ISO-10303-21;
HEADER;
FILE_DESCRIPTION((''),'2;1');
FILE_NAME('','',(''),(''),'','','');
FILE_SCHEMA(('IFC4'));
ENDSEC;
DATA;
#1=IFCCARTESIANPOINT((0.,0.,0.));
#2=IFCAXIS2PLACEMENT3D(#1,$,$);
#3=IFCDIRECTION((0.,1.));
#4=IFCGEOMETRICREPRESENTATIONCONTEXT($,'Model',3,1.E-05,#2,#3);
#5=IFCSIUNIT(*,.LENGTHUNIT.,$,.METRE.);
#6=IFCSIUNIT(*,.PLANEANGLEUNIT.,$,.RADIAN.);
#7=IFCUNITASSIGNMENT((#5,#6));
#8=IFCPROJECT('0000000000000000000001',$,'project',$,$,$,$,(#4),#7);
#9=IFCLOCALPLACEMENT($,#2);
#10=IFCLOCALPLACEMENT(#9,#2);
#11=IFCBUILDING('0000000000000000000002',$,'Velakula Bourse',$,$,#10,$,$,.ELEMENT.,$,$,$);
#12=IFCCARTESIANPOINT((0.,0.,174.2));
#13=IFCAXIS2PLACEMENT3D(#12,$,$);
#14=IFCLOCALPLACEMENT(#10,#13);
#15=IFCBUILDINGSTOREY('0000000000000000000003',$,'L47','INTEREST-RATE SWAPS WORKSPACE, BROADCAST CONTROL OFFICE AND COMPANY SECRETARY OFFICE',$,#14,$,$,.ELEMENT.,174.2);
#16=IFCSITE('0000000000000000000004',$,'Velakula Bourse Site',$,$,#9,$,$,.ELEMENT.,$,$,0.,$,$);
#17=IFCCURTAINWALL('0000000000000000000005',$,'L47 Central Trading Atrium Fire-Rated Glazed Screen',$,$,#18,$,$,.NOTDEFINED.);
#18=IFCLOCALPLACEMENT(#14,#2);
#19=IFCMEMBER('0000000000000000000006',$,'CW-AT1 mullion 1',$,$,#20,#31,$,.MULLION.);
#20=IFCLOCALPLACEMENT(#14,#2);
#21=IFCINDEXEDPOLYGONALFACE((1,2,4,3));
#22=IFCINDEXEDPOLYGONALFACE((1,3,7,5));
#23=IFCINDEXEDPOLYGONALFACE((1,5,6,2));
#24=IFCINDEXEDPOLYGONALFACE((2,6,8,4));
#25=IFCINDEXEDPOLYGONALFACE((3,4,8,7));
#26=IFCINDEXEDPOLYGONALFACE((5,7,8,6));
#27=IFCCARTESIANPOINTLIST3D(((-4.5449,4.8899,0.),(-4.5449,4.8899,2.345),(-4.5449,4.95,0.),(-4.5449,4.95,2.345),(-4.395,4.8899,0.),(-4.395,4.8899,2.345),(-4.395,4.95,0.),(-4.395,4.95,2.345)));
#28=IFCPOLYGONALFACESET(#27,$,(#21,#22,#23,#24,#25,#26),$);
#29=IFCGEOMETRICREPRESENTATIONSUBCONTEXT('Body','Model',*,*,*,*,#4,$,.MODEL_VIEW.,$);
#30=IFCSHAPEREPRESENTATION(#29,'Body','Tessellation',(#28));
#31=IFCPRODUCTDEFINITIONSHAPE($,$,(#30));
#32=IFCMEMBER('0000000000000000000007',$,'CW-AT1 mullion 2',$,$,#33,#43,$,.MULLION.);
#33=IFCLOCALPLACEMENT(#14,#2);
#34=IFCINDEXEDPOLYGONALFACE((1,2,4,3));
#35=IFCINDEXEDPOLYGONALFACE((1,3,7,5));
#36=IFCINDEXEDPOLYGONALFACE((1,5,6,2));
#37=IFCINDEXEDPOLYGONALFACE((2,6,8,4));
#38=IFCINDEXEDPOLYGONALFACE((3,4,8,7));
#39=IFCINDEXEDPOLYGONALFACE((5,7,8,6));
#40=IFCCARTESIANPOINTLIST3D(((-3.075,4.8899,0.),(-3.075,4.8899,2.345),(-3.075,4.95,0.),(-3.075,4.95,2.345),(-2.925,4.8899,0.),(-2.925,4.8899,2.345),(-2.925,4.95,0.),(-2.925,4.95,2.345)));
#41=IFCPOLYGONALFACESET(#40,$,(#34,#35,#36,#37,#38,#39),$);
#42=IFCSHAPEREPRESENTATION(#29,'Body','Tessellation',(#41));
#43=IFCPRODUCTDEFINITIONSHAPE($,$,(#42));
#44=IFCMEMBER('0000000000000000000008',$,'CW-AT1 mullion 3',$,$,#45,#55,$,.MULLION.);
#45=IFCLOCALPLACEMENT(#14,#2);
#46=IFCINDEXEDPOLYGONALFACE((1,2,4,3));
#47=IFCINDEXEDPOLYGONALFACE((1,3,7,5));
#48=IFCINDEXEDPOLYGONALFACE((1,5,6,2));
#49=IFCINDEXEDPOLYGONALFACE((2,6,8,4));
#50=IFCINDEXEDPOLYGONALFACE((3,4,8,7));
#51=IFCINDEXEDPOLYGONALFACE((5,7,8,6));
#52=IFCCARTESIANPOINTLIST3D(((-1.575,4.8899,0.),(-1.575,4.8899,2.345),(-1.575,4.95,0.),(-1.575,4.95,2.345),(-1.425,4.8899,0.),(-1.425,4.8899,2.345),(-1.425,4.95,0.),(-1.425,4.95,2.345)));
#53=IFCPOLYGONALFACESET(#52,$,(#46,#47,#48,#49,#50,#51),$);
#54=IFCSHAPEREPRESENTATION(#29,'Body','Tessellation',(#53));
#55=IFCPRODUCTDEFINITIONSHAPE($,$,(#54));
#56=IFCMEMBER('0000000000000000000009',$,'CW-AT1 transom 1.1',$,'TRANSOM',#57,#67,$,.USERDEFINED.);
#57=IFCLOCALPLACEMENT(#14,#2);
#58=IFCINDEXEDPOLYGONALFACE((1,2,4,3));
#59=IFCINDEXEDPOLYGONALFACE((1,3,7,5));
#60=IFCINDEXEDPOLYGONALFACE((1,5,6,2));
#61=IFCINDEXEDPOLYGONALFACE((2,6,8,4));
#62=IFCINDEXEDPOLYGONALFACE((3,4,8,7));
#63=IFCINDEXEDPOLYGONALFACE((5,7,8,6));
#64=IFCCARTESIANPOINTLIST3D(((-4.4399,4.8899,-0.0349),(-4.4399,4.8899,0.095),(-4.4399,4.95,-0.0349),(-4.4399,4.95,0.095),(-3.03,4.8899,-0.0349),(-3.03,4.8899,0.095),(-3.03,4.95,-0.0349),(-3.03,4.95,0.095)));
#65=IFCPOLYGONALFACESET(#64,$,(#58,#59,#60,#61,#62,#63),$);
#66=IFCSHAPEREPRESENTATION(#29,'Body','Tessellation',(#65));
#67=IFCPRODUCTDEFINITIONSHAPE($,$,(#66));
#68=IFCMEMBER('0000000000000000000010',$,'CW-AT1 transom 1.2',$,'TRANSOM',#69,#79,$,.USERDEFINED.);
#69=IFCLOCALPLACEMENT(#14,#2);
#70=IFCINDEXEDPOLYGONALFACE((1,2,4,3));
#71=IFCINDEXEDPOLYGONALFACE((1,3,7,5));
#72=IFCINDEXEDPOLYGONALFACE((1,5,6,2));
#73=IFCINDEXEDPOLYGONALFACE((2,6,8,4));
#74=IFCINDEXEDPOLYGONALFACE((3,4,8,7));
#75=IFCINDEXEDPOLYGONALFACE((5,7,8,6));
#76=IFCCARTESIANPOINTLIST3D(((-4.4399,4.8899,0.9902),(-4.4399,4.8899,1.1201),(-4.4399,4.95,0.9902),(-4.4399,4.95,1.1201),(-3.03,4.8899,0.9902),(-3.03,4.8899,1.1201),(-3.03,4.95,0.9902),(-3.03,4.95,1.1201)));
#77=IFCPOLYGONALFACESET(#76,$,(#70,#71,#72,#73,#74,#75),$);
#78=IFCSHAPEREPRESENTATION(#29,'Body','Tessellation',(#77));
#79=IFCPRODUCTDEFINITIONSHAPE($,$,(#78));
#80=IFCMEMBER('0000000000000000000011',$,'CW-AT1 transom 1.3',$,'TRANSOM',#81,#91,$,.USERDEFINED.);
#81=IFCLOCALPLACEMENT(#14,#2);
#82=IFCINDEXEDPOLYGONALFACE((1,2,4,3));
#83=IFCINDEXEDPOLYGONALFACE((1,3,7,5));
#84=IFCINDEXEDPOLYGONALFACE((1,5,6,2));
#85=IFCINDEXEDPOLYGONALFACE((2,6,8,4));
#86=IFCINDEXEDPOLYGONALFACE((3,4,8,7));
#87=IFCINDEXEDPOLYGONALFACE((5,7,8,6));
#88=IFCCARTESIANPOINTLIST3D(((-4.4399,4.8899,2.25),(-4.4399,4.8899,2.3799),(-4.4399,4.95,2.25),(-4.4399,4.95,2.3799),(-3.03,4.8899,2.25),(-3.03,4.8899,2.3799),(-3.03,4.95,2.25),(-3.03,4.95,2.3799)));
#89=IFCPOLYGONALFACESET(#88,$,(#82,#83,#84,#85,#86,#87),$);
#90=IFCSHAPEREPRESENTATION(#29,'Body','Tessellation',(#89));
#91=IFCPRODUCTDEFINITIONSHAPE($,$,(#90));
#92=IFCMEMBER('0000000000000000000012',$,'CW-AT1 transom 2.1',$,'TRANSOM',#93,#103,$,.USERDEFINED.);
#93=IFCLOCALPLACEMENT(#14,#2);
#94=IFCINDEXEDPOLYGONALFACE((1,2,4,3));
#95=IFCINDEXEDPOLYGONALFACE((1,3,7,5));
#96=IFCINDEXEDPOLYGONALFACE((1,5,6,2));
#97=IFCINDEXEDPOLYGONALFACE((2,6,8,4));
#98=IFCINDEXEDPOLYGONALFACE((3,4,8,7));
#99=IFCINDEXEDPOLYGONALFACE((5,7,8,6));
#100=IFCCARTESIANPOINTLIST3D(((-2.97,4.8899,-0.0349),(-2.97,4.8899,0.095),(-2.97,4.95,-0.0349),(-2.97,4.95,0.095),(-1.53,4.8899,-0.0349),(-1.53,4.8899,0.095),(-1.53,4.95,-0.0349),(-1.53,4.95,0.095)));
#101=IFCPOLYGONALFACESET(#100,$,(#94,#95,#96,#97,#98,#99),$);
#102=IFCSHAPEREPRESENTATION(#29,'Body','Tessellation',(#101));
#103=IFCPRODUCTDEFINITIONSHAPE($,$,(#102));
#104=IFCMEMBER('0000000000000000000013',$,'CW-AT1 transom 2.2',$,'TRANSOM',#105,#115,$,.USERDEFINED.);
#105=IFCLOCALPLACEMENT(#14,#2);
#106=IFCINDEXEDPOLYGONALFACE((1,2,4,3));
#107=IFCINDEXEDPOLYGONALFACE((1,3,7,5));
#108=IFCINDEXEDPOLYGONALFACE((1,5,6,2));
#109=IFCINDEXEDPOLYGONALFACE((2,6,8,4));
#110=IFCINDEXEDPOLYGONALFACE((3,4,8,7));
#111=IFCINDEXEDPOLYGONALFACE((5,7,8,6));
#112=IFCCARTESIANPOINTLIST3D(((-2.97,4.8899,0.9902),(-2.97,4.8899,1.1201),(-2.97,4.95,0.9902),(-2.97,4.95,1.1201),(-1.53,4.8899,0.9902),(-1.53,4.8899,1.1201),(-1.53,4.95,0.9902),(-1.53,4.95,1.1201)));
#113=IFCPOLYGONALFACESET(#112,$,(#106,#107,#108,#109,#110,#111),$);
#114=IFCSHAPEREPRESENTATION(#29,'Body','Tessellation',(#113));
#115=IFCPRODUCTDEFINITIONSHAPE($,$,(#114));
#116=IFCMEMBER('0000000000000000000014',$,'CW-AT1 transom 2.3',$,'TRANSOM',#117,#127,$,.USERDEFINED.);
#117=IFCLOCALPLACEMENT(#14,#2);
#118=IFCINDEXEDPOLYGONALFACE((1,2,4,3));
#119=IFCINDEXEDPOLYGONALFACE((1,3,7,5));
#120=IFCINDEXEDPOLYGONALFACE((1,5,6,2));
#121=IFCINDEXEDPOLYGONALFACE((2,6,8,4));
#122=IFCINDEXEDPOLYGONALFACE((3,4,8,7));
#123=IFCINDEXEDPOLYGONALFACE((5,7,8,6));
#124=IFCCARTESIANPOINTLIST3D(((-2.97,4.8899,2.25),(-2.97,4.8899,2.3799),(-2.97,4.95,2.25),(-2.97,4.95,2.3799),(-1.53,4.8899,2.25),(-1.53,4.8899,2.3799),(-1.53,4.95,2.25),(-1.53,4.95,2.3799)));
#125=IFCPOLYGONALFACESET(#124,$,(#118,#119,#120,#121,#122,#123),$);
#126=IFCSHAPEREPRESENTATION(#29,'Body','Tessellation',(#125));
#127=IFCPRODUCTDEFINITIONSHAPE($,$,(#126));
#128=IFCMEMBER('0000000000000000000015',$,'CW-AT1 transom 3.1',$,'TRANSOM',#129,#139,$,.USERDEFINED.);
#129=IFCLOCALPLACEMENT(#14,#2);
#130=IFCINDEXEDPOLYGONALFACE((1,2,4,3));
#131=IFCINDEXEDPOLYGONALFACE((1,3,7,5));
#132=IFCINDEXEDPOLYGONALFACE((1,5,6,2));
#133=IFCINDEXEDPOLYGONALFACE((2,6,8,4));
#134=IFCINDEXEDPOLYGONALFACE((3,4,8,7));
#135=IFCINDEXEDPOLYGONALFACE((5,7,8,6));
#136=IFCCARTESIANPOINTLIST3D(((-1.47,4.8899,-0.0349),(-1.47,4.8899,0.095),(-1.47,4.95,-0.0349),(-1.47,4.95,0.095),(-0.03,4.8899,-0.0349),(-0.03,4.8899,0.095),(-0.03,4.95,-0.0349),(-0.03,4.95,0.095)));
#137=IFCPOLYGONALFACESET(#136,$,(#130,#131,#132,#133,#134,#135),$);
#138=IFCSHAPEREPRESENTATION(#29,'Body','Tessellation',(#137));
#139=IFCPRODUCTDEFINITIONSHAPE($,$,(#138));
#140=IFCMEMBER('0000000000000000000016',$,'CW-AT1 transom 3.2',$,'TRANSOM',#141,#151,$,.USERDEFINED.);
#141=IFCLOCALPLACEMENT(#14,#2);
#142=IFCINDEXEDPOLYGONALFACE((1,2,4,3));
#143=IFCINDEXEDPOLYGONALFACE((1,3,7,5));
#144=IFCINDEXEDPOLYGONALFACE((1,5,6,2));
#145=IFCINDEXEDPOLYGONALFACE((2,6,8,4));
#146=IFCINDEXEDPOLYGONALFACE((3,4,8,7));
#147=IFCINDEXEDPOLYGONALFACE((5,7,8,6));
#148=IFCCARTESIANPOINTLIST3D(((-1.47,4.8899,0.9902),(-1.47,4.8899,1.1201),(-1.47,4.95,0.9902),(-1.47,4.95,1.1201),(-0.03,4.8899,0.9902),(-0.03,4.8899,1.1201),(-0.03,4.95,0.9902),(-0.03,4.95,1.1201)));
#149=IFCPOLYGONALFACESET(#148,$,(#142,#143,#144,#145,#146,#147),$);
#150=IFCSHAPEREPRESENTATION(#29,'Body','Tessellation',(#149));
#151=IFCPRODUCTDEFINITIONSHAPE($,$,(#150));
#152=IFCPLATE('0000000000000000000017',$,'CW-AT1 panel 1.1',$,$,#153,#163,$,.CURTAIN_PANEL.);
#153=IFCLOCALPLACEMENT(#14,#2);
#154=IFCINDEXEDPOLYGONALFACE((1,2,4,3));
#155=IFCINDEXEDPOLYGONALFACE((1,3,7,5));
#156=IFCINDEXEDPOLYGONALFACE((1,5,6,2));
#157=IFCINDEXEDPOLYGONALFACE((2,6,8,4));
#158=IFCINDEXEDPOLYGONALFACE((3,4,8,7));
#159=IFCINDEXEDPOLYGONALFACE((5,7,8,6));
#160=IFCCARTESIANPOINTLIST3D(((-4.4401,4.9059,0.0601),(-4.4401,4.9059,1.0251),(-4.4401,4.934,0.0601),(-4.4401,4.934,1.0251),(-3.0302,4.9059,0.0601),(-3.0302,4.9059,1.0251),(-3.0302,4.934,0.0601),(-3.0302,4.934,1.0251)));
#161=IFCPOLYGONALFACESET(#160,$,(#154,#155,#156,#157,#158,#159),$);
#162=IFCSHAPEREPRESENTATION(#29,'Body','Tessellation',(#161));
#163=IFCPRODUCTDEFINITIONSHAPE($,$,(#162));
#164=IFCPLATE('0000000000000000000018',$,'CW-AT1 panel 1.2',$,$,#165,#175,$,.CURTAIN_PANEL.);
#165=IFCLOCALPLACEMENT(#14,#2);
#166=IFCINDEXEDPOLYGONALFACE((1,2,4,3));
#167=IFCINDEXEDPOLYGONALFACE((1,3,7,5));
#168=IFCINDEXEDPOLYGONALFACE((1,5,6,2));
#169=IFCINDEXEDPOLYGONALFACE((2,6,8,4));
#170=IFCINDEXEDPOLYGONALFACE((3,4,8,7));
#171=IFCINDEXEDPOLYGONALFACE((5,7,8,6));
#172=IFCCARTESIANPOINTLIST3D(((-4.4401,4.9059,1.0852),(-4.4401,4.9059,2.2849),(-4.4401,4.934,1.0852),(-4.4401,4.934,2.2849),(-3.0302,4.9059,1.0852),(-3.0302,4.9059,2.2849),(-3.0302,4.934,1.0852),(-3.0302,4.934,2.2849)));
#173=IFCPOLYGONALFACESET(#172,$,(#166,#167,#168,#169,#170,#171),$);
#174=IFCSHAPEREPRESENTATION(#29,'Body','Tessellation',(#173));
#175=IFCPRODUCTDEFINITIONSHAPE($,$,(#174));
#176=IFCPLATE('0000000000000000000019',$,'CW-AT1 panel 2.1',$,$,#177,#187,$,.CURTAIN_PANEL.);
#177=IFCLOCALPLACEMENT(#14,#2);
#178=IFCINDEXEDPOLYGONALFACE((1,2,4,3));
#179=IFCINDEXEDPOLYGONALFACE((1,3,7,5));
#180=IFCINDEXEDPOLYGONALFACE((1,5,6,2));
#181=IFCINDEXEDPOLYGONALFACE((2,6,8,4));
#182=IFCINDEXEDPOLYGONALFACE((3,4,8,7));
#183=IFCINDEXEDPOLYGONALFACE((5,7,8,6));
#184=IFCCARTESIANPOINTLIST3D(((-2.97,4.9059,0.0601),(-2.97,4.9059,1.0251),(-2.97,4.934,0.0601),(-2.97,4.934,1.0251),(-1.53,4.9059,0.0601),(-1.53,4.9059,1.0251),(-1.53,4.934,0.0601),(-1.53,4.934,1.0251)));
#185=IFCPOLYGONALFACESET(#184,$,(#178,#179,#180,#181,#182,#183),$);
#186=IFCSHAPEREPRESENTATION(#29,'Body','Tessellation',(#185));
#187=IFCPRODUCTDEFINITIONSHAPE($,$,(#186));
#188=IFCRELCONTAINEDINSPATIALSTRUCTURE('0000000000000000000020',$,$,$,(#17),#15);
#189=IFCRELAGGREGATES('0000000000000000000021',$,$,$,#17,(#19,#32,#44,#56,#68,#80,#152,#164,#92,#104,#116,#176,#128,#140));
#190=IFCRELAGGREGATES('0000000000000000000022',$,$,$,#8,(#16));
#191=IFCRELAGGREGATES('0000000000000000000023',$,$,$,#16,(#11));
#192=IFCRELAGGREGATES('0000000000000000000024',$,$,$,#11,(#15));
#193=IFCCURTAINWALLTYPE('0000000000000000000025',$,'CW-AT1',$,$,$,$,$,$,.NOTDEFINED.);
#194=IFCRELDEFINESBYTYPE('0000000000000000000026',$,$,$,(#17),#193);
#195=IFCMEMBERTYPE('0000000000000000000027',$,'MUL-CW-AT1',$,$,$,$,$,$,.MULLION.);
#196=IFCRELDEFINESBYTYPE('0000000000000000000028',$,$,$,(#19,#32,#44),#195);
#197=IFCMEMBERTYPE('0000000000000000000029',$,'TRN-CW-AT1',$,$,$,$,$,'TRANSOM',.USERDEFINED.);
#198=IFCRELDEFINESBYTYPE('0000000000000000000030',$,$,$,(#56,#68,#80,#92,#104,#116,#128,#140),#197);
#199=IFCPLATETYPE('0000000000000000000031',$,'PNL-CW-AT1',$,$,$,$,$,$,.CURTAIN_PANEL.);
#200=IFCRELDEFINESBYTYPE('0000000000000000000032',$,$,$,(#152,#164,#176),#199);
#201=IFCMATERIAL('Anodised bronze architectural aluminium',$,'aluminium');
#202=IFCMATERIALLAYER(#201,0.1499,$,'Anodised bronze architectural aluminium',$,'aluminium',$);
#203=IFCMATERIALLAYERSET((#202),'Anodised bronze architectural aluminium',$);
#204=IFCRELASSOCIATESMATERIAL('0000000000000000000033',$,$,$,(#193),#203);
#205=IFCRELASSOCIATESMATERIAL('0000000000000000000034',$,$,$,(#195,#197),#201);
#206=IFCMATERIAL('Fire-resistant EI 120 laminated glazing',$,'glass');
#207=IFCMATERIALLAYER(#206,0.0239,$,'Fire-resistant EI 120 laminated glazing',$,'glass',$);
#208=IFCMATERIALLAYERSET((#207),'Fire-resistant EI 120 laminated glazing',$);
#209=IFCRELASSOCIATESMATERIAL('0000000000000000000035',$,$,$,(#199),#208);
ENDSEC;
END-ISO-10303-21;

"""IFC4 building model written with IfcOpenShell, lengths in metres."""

from ifc_helpers import new_model, si_unit, direction, frame, origin, origin_2d, place, context, subcontext, project, spatial, rectangle, extrude, material, layer, layer_set, material_profile, profile_set, type_object, element, aggregate, save


model = new_model("IFC4")

# Units and contexts
model_context = context("Model", 3, precision=1e-05, world=origin(), true_north=direction((0.0, 1.0)))
body_context = subcontext(model_context, "Body", "Model", "MODEL_VIEW")
ifc_project = project(units=[si_unit("LENGTHUNIT", "METRE"), si_unit("PLANEANGLEUNIT", "RADIAN")], contexts=[model_context])

# Site, building, storey
site_placement = place(None, origin())
site = spatial("IfcSite", under=ifc_project, at=site_placement, Name="Velakula Bourse Site", CompositionType="ELEMENT", RefElevation=0.0)
building_placement = place(site_placement, origin())
building = spatial("IfcBuilding", under=site, at=building_placement, Name="Velakula Bourse", CompositionType="ELEMENT")
storey_placement = place(building_placement, frame((0.0, 0.0, 174.2)))
storey = spatial("IfcBuildingStorey", under=building, at=storey_placement, Name="L47", Description="INTEREST-RATE SWAPS WORKSPACE, BROADCAST CONTROL OFFICE AND COMPANY SECRETARY OFFICE", CompositionType="ELEMENT", Elevation=174.2)

# Curtain wall, members, plates
ifc_material_1 = material(Name="Anodised bronze architectural aluminium", Category="aluminium")
ifc_layer_1 = layer(ifc_material_1, 0.1499, Name="Anodised bronze architectural aluminium", Category="aluminium")
ifc_layer_set_1 = layer_set([ifc_layer_1], Name="Anodised bronze architectural aluminium")
curtain_wall_type = type_object("IfcCurtainWallType", Name="CW-AT1", PredefinedType="NOTDEFINED", material=ifc_layer_set_1)
curtain_wall_placement = place(storey_placement, origin())
curtain_wall = element("IfcCurtainWall", 1, at=curtain_wall_placement, inside=storey, type_object=curtain_wall_type, Name="L47 Central Trading Atrium Fire-Rated Glazed Screen", PredefinedType="NOTDEFINED")
ifc_material_profile_1 = material_profile(ifc_material_1, rectangle(XDim=0.0601, YDim=0.1499, at=origin_2d()), Name="Anodised bronze architectural aluminium")
ifc_profile_set_1 = profile_set([ifc_material_profile_1], Name="Anodised bronze architectural aluminium")
member_type_1 = type_object("IfcMemberType", Name="MUL-CW-AT1", PredefinedType="MULLION", material=ifc_profile_set_1)
member_1_placement = place(storey_placement, frame((-4.47, 4.9199, 0.0), z_axis=(0.0, 0.0, 1.0), x_axis=(0.0, 1.0, 0.0)))
member_1 = element("IfcMember", 2, at=member_1_placement, type_object=member_type_1, Name="CW-AT1 mullion 1", PredefinedType="MULLION", context=body_context, shape_type="SweptSolid", body=[
    extrude(rectangle(XDim=0.0601, YDim=0.1499, at=origin_2d()), origin(), (0.0, 0.0, 1.0), 2.345),
])
member_2_placement = place(storey_placement, frame((-3.0, 4.9199, 0.0), z_axis=(0.0, 0.0, 1.0), x_axis=(0.0, 1.0, 0.0)))
member_2 = element("IfcMember", 3, at=member_2_placement, type_object=member_type_1, Name="CW-AT1 mullion 2", PredefinedType="MULLION", context=body_context, shape_type="SweptSolid", body=[
    extrude(rectangle(XDim=0.0601, YDim=0.1499, at=origin_2d()), origin(), (0.0, 0.0, 1.0), 2.345),
])
member_3_placement = place(storey_placement, frame((-1.5, 4.9199, 0.0), z_axis=(0.0, 0.0, 1.0), x_axis=(0.0, 1.0, 0.0)))
member_3 = element("IfcMember", 4, at=member_3_placement, type_object=member_type_1, Name="CW-AT1 mullion 3", PredefinedType="MULLION", context=body_context, shape_type="SweptSolid", body=[
    extrude(rectangle(XDim=0.0601, YDim=0.1499, at=origin_2d()), origin(), (0.0, 0.0, 1.0), 2.345),
])
ifc_material_profile_2 = material_profile(ifc_material_1, rectangle(XDim=0.0601, YDim=0.1299, at=origin_2d()), Name="Anodised bronze architectural aluminium")
ifc_profile_set_2 = profile_set([ifc_material_profile_2], Name="Anodised bronze architectural aluminium")
member_type_2 = type_object("IfcMemberType", Name="TRN-CW-AT1", ElementType="TRANSOM", PredefinedType="USERDEFINED", material=ifc_profile_set_2)
member_4_placement = place(storey_placement, frame((-4.4399, 4.9199, 0.03), z_axis=(1.0, 0.0, 0.0), x_axis=(0.0, 1.0, 0.0)))
member_4 = element("IfcMember", 5, at=member_4_placement, type_object=member_type_2, Name="CW-AT1 transom 1.1", ObjectType="TRANSOM", PredefinedType="USERDEFINED", context=body_context, shape_type="SweptSolid", body=[
    extrude(rectangle(XDim=0.0601, YDim=0.1299, at=origin_2d()), origin(), (0.0, 0.0, 1.0), 1.4099),
])
member_5_placement = place(storey_placement, frame((-4.4399, 4.9199, 1.0552), z_axis=(1.0, 0.0, 0.0), x_axis=(0.0, 1.0, 0.0)))
member_5 = element("IfcMember", 6, at=member_5_placement, type_object=member_type_2, Name="CW-AT1 transom 1.2", ObjectType="TRANSOM", PredefinedType="USERDEFINED", context=body_context, shape_type="SweptSolid", body=[
    extrude(rectangle(XDim=0.0601, YDim=0.1299, at=origin_2d()), origin(), (0.0, 0.0, 1.0), 1.4099),
])
member_6_placement = place(storey_placement, frame((-4.4399, 4.9199, 2.3149), z_axis=(1.0, 0.0, 0.0), x_axis=(0.0, 1.0, 0.0)))
member_6 = element("IfcMember", 7, at=member_6_placement, type_object=member_type_2, Name="CW-AT1 transom 1.3", ObjectType="TRANSOM", PredefinedType="USERDEFINED", context=body_context, shape_type="SweptSolid", body=[
    extrude(rectangle(XDim=0.0601, YDim=0.1299, at=origin_2d()), origin(), (0.0, 0.0, 1.0), 1.4099),
])
member_7_placement = place(storey_placement, frame((-2.97, 4.9199, 0.03), z_axis=(1.0, 0.0, 0.0), x_axis=(0.0, 1.0, 0.0)))
member_7 = element("IfcMember", 8, at=member_7_placement, type_object=member_type_2, Name="CW-AT1 transom 2.1", ObjectType="TRANSOM", PredefinedType="USERDEFINED", context=body_context, shape_type="SweptSolid", body=[
    extrude(rectangle(XDim=0.0601, YDim=0.1299, at=origin_2d()), origin(), (0.0, 0.0, 1.0), 1.4399),
])
member_8_placement = place(storey_placement, frame((-2.97, 4.9199, 1.0552), z_axis=(1.0, 0.0, 0.0), x_axis=(0.0, 1.0, 0.0)))
member_8 = element("IfcMember", 9, at=member_8_placement, type_object=member_type_2, Name="CW-AT1 transom 2.2", ObjectType="TRANSOM", PredefinedType="USERDEFINED", context=body_context, shape_type="SweptSolid", body=[
    extrude(rectangle(XDim=0.0601, YDim=0.1299, at=origin_2d()), origin(), (0.0, 0.0, 1.0), 1.4399),
])
member_9_placement = place(storey_placement, frame((-2.97, 4.9199, 2.3149), z_axis=(1.0, 0.0, 0.0), x_axis=(0.0, 1.0, 0.0)))
member_9 = element("IfcMember", 10, at=member_9_placement, type_object=member_type_2, Name="CW-AT1 transom 2.3", ObjectType="TRANSOM", PredefinedType="USERDEFINED", context=body_context, shape_type="SweptSolid", body=[
    extrude(rectangle(XDim=0.0601, YDim=0.1299, at=origin_2d()), origin(), (0.0, 0.0, 1.0), 1.4399),
])
member_10_placement = place(storey_placement, frame((-1.47, 4.9199, 0.03), z_axis=(1.0, 0.0, 0.0), x_axis=(0.0, 1.0, 0.0)))
member_10 = element("IfcMember", 11, at=member_10_placement, type_object=member_type_2, Name="CW-AT1 transom 3.1", ObjectType="TRANSOM", PredefinedType="USERDEFINED", context=body_context, shape_type="SweptSolid", body=[
    extrude(rectangle(XDim=0.0601, YDim=0.1299, at=origin_2d()), origin(), (0.0, 0.0, 1.0), 1.4399),
])
member_11_placement = place(storey_placement, frame((-1.47, 4.9199, 1.0552), z_axis=(1.0, 0.0, 0.0), x_axis=(0.0, 1.0, 0.0)))
member_11 = element("IfcMember", 12, at=member_11_placement, type_object=member_type_2, Name="CW-AT1 transom 3.2", ObjectType="TRANSOM", PredefinedType="USERDEFINED", context=body_context, shape_type="SweptSolid", body=[
    extrude(rectangle(XDim=0.0601, YDim=0.1299, at=origin_2d()), origin(), (0.0, 0.0, 1.0), 1.4399),
])
ifc_material_2 = material(Name="Fire-resistant EI 120 laminated glazing", Category="glass")
ifc_layer_2 = layer(ifc_material_2, 0.0239, Name="Fire-resistant EI 120 laminated glazing", Category="glass")
ifc_layer_set_2 = layer_set([ifc_layer_2], Name="Fire-resistant EI 120 laminated glazing")
plate_type = type_object("IfcPlateType", Name="PNL-CW-AT1", PredefinedType="CURTAIN_PANEL", material=ifc_layer_set_2)
plate_1_placement = place(storey_placement, frame((-3.7351, 4.9199, 0.0601), z_axis=(0.0, 0.0, 1.0), x_axis=(1.0, 0.0, 0.0)))
plate_1 = element("IfcPlate", 13, at=plate_1_placement, type_object=plate_type, Name="CW-AT1 panel 1.1", PredefinedType="CURTAIN_PANEL", context=body_context, shape_type="SweptSolid", body=[
    extrude(rectangle(XDim=1.4099, YDim=0.0281, at=origin_2d()), origin(), (0.0, 0.0, 1.0), 0.9651),
])
plate_2_placement = place(storey_placement, frame((-3.7351, 4.9199, 1.0852), z_axis=(0.0, 0.0, 1.0), x_axis=(1.0, 0.0, 0.0)))
plate_2 = element("IfcPlate", 14, at=plate_2_placement, type_object=plate_type, Name="CW-AT1 panel 1.2", PredefinedType="CURTAIN_PANEL", context=body_context, shape_type="SweptSolid", body=[
    extrude(rectangle(XDim=1.4099, YDim=0.0281, at=origin_2d()), origin(), (0.0, 0.0, 1.0), 1.1997),
])
plate_3_placement = place(storey_placement, frame((-2.25, 4.9199, 0.0601), z_axis=(0.0, 0.0, 1.0), x_axis=(1.0, 0.0, 0.0)))
plate_3 = element("IfcPlate", 15, at=plate_3_placement, type_object=plate_type, Name="CW-AT1 panel 2.1", PredefinedType="CURTAIN_PANEL", context=body_context, shape_type="SweptSolid", body=[
    extrude(rectangle(XDim=1.4399, YDim=0.0281, at=origin_2d()), origin(), (0.0, 0.0, 1.0), 0.9651),
])
aggregate(curtain_wall, [member_1, member_2, member_3, member_4, member_5, member_6, plate_1, plate_2, member_7, member_8, member_9, plate_3, member_10, member_11])

save(model, "model.ifc")
